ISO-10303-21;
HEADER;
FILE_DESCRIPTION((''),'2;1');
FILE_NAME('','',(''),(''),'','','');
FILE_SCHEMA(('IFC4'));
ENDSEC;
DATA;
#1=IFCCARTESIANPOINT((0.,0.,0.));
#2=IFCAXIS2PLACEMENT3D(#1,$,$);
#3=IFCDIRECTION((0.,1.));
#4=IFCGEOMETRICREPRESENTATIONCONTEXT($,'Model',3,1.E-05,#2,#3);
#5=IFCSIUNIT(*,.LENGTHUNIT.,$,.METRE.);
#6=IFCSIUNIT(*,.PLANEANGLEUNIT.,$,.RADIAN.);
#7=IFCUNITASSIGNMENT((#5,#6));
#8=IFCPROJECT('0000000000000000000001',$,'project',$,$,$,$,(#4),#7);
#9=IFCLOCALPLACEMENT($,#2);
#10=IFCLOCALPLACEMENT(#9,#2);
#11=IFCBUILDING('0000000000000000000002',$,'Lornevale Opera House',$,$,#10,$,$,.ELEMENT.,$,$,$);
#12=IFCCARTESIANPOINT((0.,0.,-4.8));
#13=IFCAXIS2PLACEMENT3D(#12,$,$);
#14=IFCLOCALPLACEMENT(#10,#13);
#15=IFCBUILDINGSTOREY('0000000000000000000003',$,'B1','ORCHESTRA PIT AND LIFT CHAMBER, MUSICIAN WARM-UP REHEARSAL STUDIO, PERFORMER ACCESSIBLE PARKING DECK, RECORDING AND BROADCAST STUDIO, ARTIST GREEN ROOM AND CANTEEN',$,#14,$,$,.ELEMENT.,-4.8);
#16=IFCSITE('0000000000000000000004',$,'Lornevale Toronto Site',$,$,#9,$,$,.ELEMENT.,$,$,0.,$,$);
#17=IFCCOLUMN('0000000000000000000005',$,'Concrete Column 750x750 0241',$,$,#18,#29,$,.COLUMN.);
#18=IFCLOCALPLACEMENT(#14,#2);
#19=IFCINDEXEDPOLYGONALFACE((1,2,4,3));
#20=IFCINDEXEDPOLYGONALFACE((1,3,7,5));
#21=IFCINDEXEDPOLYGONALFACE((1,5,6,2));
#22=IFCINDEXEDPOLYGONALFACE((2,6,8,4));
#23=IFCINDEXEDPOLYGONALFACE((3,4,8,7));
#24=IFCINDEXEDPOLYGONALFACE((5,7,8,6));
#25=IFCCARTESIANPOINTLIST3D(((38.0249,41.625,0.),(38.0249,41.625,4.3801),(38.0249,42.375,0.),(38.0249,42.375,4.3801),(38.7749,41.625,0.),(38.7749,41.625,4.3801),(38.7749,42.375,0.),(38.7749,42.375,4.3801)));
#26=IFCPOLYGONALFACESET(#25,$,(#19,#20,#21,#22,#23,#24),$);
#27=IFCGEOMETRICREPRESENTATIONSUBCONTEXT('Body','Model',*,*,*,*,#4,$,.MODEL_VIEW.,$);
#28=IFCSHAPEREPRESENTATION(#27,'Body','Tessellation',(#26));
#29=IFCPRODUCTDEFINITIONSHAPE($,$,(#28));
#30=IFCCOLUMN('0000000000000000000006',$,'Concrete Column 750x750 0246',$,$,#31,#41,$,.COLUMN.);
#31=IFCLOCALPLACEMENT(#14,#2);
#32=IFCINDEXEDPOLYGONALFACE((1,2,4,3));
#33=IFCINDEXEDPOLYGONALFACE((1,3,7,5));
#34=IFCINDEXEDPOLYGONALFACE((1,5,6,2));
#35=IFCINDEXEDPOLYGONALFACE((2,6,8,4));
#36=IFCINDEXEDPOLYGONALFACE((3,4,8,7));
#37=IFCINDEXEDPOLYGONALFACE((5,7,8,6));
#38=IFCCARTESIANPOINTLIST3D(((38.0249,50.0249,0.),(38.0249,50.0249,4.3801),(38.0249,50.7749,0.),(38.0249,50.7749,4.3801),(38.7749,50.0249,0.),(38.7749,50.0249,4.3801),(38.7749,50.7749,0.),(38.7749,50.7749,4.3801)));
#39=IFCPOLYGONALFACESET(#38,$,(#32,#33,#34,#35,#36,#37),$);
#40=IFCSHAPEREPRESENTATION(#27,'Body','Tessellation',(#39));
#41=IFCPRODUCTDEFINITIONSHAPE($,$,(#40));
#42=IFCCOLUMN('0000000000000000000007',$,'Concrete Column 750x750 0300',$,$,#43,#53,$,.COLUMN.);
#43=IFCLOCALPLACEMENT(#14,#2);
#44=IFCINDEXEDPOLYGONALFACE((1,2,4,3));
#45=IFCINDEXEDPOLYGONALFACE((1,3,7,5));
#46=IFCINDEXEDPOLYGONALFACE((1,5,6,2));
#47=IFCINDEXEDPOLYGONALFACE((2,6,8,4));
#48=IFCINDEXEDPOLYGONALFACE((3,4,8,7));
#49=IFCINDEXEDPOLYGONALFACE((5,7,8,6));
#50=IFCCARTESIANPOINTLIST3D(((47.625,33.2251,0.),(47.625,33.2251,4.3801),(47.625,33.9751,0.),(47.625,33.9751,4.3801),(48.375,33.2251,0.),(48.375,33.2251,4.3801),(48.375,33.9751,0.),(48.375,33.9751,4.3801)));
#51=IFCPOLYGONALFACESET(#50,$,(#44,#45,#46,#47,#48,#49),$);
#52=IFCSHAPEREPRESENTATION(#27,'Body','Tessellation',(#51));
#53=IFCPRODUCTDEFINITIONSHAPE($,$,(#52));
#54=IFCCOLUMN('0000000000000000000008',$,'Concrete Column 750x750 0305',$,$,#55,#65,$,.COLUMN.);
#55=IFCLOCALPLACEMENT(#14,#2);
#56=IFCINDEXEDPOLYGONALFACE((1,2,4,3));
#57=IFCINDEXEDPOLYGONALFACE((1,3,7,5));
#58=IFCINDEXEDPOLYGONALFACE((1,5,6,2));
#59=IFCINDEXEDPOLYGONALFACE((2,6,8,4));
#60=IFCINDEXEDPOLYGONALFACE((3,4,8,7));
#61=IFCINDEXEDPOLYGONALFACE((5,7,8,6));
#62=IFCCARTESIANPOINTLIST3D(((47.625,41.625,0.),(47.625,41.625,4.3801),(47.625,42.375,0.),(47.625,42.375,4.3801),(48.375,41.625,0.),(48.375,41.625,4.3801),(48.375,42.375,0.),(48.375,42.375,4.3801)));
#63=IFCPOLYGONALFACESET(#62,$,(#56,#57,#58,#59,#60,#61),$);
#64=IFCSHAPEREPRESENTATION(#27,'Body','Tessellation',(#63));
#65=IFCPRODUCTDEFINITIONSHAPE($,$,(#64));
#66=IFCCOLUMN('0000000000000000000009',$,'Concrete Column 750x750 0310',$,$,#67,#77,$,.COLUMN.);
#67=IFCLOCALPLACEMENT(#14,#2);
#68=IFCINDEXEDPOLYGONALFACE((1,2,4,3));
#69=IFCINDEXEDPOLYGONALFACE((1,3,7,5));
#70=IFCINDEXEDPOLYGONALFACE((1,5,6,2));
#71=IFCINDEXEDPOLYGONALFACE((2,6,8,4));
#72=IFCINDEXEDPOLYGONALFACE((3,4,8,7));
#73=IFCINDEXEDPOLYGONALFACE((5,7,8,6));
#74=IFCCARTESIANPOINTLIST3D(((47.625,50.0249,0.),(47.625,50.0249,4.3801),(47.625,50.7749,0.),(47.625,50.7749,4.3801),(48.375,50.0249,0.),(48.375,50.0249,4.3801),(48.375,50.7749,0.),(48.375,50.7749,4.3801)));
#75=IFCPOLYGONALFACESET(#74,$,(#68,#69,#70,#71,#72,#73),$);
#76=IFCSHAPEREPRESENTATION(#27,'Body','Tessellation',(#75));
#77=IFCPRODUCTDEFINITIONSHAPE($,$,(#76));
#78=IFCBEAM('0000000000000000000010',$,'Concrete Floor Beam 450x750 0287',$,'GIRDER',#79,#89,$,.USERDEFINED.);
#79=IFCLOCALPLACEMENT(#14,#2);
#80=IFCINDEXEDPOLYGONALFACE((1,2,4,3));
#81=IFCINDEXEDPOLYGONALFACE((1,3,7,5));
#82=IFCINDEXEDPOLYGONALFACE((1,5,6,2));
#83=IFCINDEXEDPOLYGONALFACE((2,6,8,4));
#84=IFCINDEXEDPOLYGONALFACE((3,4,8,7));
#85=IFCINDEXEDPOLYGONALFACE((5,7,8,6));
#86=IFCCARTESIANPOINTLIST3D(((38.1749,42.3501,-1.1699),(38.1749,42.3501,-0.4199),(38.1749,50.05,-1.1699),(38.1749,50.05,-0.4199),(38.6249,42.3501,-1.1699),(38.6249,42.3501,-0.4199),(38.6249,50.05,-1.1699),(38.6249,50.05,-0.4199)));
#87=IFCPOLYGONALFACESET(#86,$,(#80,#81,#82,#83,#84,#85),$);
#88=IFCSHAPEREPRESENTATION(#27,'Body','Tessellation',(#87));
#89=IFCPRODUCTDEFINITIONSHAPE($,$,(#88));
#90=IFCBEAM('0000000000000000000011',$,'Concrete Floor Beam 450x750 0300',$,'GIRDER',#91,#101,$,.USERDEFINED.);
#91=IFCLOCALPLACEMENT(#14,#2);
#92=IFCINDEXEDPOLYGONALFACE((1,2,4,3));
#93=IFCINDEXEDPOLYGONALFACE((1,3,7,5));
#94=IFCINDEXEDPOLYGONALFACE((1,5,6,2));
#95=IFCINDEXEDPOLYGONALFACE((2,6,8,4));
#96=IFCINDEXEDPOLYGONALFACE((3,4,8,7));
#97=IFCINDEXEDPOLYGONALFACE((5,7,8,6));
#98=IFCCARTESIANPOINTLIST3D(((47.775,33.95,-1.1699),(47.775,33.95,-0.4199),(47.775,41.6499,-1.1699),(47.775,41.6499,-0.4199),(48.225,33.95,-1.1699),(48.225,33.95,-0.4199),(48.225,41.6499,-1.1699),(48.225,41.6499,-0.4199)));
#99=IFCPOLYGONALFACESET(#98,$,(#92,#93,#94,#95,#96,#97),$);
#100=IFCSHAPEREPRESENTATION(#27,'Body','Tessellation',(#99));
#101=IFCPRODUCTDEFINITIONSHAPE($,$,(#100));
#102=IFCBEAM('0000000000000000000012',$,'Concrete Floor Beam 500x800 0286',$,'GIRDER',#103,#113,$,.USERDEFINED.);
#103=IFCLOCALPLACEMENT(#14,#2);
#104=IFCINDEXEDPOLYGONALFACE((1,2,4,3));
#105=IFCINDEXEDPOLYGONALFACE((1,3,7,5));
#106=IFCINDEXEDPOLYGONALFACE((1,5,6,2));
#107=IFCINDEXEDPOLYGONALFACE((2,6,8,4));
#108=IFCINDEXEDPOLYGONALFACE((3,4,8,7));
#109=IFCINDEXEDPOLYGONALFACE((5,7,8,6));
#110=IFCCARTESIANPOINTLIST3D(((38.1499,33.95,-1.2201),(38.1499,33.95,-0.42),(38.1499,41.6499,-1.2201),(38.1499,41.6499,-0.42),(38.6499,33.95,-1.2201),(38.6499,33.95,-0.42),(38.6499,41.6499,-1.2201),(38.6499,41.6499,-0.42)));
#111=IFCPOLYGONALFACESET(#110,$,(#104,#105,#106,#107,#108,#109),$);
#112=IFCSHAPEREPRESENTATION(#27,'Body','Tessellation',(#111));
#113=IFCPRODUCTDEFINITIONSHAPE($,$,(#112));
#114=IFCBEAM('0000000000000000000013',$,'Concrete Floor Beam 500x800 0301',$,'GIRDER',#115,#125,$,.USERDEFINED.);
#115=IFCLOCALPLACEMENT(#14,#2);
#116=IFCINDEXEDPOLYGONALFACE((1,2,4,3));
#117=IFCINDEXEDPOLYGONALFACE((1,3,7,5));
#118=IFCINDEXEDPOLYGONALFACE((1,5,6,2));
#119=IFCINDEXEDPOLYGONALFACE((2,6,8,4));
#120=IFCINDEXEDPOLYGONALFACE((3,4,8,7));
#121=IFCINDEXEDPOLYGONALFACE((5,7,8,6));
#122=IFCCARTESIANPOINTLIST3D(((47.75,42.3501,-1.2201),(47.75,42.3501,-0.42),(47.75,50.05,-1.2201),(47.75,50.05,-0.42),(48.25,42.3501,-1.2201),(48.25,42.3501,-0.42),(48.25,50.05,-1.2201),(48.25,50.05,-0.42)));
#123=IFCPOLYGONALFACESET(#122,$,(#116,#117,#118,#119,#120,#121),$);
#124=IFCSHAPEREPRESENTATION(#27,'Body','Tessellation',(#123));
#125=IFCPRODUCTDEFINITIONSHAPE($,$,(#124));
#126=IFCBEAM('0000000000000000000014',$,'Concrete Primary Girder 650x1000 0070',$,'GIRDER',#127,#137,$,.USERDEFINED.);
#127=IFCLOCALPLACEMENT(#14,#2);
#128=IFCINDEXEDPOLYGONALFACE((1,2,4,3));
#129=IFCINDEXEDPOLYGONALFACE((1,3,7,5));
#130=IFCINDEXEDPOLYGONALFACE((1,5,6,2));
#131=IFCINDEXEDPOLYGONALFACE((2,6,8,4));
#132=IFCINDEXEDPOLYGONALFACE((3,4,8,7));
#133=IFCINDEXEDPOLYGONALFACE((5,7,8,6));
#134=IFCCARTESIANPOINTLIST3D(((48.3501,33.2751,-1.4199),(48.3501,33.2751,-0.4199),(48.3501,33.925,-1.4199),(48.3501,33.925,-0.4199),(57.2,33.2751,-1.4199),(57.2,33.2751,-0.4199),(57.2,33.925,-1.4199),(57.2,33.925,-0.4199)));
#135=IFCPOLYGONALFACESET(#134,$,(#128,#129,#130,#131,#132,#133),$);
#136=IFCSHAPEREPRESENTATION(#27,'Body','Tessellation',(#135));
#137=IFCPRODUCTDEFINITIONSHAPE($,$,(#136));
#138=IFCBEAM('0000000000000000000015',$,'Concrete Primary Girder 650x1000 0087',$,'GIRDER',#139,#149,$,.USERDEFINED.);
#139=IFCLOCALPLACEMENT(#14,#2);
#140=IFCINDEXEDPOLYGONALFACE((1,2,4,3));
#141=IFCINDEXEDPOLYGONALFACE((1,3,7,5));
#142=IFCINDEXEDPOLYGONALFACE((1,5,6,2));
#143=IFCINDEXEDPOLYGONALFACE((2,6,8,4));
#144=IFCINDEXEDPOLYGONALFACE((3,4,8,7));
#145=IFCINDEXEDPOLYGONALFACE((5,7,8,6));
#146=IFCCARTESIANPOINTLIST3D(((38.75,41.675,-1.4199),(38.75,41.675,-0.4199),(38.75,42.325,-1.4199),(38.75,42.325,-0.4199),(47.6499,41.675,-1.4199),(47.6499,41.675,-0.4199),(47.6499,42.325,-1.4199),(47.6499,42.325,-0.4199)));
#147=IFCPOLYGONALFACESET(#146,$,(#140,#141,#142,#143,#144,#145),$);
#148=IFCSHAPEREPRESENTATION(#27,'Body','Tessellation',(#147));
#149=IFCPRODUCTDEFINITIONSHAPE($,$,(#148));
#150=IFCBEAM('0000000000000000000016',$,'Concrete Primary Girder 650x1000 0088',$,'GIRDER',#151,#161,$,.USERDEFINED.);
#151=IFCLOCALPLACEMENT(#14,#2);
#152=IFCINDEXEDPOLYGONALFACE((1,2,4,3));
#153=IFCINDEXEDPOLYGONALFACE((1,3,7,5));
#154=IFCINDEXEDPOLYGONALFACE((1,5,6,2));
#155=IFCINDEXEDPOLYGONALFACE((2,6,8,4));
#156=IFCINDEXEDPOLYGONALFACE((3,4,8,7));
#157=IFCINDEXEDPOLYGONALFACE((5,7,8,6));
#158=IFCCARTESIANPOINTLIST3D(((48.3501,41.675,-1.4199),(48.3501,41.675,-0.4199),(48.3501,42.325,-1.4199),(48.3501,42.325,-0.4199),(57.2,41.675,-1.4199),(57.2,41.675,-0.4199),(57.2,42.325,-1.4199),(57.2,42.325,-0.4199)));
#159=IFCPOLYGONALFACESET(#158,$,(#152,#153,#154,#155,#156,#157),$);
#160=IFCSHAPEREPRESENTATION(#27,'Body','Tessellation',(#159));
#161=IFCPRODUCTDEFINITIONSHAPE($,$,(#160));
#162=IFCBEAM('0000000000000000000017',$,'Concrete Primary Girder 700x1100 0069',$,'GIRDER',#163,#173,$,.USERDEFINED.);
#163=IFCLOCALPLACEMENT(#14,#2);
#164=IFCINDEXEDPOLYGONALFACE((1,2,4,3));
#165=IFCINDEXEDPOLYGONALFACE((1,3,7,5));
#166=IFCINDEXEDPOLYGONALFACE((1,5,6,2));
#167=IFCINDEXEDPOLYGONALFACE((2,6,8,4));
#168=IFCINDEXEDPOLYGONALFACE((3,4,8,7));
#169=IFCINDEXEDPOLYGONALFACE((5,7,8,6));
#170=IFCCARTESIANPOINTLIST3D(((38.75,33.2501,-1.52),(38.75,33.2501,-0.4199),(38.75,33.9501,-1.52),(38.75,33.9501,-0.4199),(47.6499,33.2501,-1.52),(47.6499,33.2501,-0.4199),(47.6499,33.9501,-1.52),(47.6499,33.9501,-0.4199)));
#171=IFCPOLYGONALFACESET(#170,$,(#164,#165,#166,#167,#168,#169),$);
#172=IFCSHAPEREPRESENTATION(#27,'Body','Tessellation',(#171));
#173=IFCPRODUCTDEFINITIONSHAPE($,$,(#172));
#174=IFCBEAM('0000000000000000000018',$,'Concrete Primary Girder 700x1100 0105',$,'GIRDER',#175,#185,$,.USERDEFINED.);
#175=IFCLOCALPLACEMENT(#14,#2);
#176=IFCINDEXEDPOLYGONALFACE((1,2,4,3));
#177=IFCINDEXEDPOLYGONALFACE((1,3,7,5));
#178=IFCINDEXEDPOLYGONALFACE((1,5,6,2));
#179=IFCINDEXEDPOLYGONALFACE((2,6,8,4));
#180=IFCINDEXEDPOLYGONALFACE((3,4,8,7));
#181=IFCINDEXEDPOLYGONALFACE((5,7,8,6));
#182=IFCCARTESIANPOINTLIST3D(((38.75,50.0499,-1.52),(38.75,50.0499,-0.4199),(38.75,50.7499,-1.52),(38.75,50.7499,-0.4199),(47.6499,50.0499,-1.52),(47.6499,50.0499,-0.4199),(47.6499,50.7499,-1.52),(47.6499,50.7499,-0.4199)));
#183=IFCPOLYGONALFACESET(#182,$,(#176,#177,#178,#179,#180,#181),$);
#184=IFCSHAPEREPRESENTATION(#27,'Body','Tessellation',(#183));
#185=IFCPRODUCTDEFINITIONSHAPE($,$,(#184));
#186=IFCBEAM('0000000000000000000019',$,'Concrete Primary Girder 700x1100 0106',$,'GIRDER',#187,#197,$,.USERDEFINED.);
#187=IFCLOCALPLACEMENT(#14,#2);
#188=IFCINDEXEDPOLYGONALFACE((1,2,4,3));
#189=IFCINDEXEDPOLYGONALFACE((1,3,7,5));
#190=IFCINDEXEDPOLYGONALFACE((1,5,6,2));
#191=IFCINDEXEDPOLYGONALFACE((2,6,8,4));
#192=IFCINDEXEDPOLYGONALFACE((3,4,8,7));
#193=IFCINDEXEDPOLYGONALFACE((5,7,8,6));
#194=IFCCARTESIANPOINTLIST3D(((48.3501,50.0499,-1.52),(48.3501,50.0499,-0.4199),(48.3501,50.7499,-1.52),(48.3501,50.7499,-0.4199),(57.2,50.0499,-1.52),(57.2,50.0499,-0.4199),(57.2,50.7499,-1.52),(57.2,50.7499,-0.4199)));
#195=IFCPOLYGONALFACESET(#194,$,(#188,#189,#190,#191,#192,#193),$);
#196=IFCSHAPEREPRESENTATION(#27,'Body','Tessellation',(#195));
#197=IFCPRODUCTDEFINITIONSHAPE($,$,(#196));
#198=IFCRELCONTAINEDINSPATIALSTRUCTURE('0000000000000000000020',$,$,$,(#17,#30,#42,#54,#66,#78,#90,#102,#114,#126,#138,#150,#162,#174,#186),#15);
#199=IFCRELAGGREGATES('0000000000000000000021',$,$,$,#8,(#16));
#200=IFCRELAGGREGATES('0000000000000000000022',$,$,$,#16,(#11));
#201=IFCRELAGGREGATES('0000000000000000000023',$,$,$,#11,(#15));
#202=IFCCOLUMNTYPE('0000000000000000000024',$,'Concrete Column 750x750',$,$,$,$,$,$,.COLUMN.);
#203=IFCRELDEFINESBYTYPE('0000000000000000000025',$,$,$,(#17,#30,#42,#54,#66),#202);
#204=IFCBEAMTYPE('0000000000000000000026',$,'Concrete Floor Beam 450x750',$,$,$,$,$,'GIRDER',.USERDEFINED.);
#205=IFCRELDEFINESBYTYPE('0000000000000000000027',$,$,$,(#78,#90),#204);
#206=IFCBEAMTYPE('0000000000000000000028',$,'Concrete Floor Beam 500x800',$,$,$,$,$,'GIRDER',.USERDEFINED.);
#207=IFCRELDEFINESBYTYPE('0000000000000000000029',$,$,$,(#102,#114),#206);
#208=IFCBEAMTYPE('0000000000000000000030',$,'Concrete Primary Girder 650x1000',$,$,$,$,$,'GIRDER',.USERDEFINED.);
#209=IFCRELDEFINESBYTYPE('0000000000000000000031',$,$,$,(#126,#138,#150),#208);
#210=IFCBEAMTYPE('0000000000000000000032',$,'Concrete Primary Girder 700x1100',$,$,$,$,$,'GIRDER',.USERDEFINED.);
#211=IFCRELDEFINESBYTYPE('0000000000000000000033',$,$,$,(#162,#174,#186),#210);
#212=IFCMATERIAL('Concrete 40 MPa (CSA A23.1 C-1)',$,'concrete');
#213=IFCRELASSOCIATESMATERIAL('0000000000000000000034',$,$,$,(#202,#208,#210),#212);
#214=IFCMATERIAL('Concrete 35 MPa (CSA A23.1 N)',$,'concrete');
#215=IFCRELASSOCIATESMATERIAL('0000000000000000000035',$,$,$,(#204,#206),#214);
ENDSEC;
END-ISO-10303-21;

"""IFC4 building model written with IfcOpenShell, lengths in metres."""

from ifc_helpers import new_model, si_unit, direction, frame, origin, origin_2d, place, context, subcontext, project, spatial, rectangle, extrude, material, material_profile, profile_set, type_object, element, save


model = new_model("IFC4")

# Units and contexts
model_context = context("Model", 3, precision=1e-05, world=origin(), true_north=direction((0.0, 1.0)))
body_context = subcontext(model_context, "Body", "Model", "MODEL_VIEW")
ifc_project = project(units=[si_unit("LENGTHUNIT", "METRE"), si_unit("PLANEANGLEUNIT", "RADIAN")], contexts=[model_context])

# Site, building, storey
site_placement = place(None, origin())
site = spatial("IfcSite", under=ifc_project, at=site_placement, Name="Lornevale Toronto Site", CompositionType="ELEMENT", RefElevation=0.0)
building_placement = place(site_placement, origin())
building = spatial("IfcBuilding", under=site, at=building_placement, Name="Lornevale Opera House", CompositionType="ELEMENT")
storey_placement = place(building_placement, frame((0.0, 0.0, -4.8)))
storey = spatial("IfcBuildingStorey", under=building, at=storey_placement, Name="B1", Description="ORCHESTRA PIT AND LIFT CHAMBER, MUSICIAN WARM-UP REHEARSAL STUDIO, PERFORMER ACCESSIBLE PARKING DECK, RECORDING AND BROADCAST STUDIO, ARTIST GREEN ROOM AND CANTEEN", CompositionType="ELEMENT", Elevation=-4.8)

# Columns
ifc_material_1 = material(Name="Concrete 40 MPa (CSA A23.1 C-1)", Category="concrete")
ifc_material_profile_1 = material_profile(ifc_material_1, rectangle(XDim=0.75, YDim=0.75, at=origin_2d()), Name="RC750x750")
ifc_profile_set_1 = profile_set([ifc_material_profile_1], Name="Concrete 40 MPa (CSA A23.1 C-1)")
column_type = type_object("IfcColumnType", Name="Concrete Column 750x750", PredefinedType="COLUMN", material=ifc_profile_set_1)
for number, where, z_axis, x_axis, name in (
    (1, (38.3999, 42.0, 0.0), (0.0, 0.0, 1.0), (1.0, 0.0, 0.0), "Concrete Column 750x750 0241"),
    (2, (38.3999, 50.3999, 0.0), (0.0, 0.0, 1.0), (1.0, 0.0, 0.0), "Concrete Column 750x750 0246"),
    (3, (48.0, 33.6001, 0.0), (0.0, 0.0, 1.0), (1.0, 0.0, 0.0), "Concrete Column 750x750 0300"),
    (4, (48.0, 42.0, 0.0), (0.0, 0.0, 1.0), (1.0, 0.0, 0.0), "Concrete Column 750x750 0305"),
    (5, (48.0, 50.3999, 0.0), (0.0, 0.0, 1.0), (1.0, 0.0, 0.0), "Concrete Column 750x750 0310"),
):
    element("IfcColumn", number, at=place(storey_placement, frame(where, z_axis=z_axis, x_axis=x_axis)), inside=storey, type_object=column_type, Name=name, PredefinedType="COLUMN", context=body_context, shape_type="SweptSolid", body=[
        extrude(rectangle(XDim=0.75, YDim=0.75, at=origin_2d()), origin(), (0.0, 0.0, 1.0), 4.3801),
    ])

# Beams
ifc_material_2 = material(Name="Concrete 35 MPa (CSA A23.1 N)", Category="concrete")
ifc_material_profile_2 = material_profile(ifc_material_2, rectangle(XDim=0.45, YDim=0.75, at=origin_2d()), Name="RC450x750")
ifc_profile_set_2 = profile_set([ifc_material_profile_2], Name="Concrete 35 MPa (CSA A23.1 N)")
beam_type_1 = type_object("IfcBeamType", Name="Concrete Floor Beam 450x750", ElementType="GIRDER", PredefinedType="USERDEFINED", material=ifc_profile_set_2)
for number, where, z_axis, x_axis, name in (
    (6, (38.3999, 42.3501, -0.7949), (0.0, 1.0, 0.0), (-1.0, 0.0, 0.0), "Concrete Floor Beam 450x750 0287"),
    (7, (48.0, 33.95, -0.7949), (0.0, 1.0, 0.0), (-1.0, 0.0, 0.0), "Concrete Floor Beam 450x750 0300"),
):
    element("IfcBeam", number, at=place(storey_placement, frame(where, z_axis=z_axis, x_axis=x_axis)), inside=storey, type_object=beam_type_1, Name=name, ObjectType="GIRDER", PredefinedType="USERDEFINED", context=body_context, shape_type="SweptSolid", body=[
        extrude(rectangle(XDim=0.45, YDim=0.75, at=origin_2d()), origin(), (0.0, 0.0, 1.0), 7.7),
    ])
ifc_material_profile_3 = material_profile(ifc_material_2, rectangle(XDim=0.5, YDim=0.8, at=origin_2d()), Name="RC500x800")
ifc_profile_set_3 = profile_set([ifc_material_profile_3], Name="Concrete 35 MPa (CSA A23.1 N)")
beam_type_2 = type_object("IfcBeamType", Name="Concrete Floor Beam 500x800", ElementType="GIRDER", PredefinedType="USERDEFINED", material=ifc_profile_set_3)
for number, where, z_axis, x_axis, name in (
    (8, (38.3999, 33.95, -0.8201), (0.0, 1.0, 0.0), (-1.0, 0.0, 0.0), "Concrete Floor Beam 500x800 0286"),
    (9, (48.0, 42.3501, -0.8201), (0.0, 1.0, 0.0), (-1.0, 0.0, 0.0), "Concrete Floor Beam 500x800 0301"),
):
    element("IfcBeam", number, at=place(storey_placement, frame(where, z_axis=z_axis, x_axis=x_axis)), inside=storey, type_object=beam_type_2, Name=name, ObjectType="GIRDER", PredefinedType="USERDEFINED", context=body_context, shape_type="SweptSolid", body=[
        extrude(rectangle(XDim=0.5, YDim=0.8, at=origin_2d()), origin(), (0.0, 0.0, 1.0), 7.7),
    ])
ifc_material_profile_4 = material_profile(ifc_material_1, rectangle(XDim=0.6499, YDim=1.0, at=origin_2d()), Name="RC650x1000")
ifc_profile_set_4 = profile_set([ifc_material_profile_4], Name="Concrete 40 MPa (CSA A23.1 C-1)")
beam_type_3 = type_object("IfcBeamType", Name="Concrete Primary Girder 650x1000", ElementType="GIRDER", PredefinedType="USERDEFINED", material=ifc_profile_set_4)
beam_1_placement = place(storey_placement, frame((48.3501, 33.6001, -0.9199), z_axis=(1.0, 0.0, 0.0), x_axis=(0.0, 1.0, 0.0)))
element("IfcBeam", 10, at=beam_1_placement, inside=storey, type_object=beam_type_3, Name="Concrete Primary Girder 650x1000 0070", ObjectType="GIRDER", PredefinedType="USERDEFINED", context=body_context, shape_type="SweptSolid", body=[
    extrude(rectangle(XDim=0.6499, YDim=1.0, at=origin_2d()), origin(), (0.0, 0.0, 1.0), 8.8499),
])
beam_2_placement = place(storey_placement, frame((38.75, 42.0, -0.9199), z_axis=(1.0, 0.0, 0.0), x_axis=(0.0, 1.0, 0.0)))
element("IfcBeam", 11, at=beam_2_placement, inside=storey, type_object=beam_type_3, Name="Concrete Primary Girder 650x1000 0087", ObjectType="GIRDER", PredefinedType="USERDEFINED", context=body_context, shape_type="SweptSolid", body=[
    extrude(rectangle(XDim=0.6499, YDim=1.0, at=origin_2d()), origin(), (0.0, 0.0, 1.0), 8.8999),
])
beam_3_placement = place(storey_placement, frame((48.3501, 42.0, -0.9199), z_axis=(1.0, 0.0, 0.0), x_axis=(0.0, 1.0, 0.0)))
element("IfcBeam", 12, at=beam_3_placement, inside=storey, type_object=beam_type_3, Name="Concrete Primary Girder 650x1000 0088", ObjectType="GIRDER", PredefinedType="USERDEFINED", context=body_context, shape_type="SweptSolid", body=[
    extrude(rectangle(XDim=0.6499, YDim=1.0, at=origin_2d()), origin(), (0.0, 0.0, 1.0), 8.8499),
])
ifc_material_profile_5 = material_profile(ifc_material_1, rectangle(XDim=0.7, YDim=1.1001, at=origin_2d()), Name="RC700x1100")
ifc_profile_set_5 = profile_set([ifc_material_profile_5], Name="Concrete 40 MPa (CSA A23.1 C-1)")
beam_type_4 = type_object("IfcBeamType", Name="Concrete Primary Girder 700x1100", ElementType="GIRDER", PredefinedType="USERDEFINED", material=ifc_profile_set_5)
for number, where, z_axis, x_axis, name in (
    (13, (38.75, 33.6001, -0.97), (1.0, 0.0, 0.0), (0.0, 1.0, 0.0), "Concrete Primary Girder 700x1100 0069"),
    (14, (38.75, 50.3999, -0.97), (1.0, 0.0, 0.0), (0.0, 1.0, 0.0), "Concrete Primary Girder 700x1100 0105"),
):
    element("IfcBeam", number, at=place(storey_placement, frame(where, z_axis=z_axis, x_axis=x_axis)), inside=storey, type_object=beam_type_4, Name=name, ObjectType="GIRDER", PredefinedType="USERDEFINED", context=body_context, shape_type="SweptSolid", body=[
        extrude(rectangle(XDim=0.7, YDim=1.1001, at=origin_2d()), origin(), (0.0, 0.0, 1.0), 8.8999),
    ])
beam_4_placement = place(storey_placement, frame((48.3501, 50.3999, -0.97), z_axis=(1.0, 0.0, 0.0), x_axis=(0.0, 1.0, 0.0)))
element("IfcBeam", 15, at=beam_4_placement, inside=storey, type_object=beam_type_4, Name="Concrete Primary Girder 700x1100 0106", ObjectType="GIRDER", PredefinedType="USERDEFINED", context=body_context, shape_type="SweptSolid", body=[
    extrude(rectangle(XDim=0.7, YDim=1.1001, at=origin_2d()), origin(), (0.0, 0.0, 1.0), 8.8499),
])

save(model, "model.ifc")
